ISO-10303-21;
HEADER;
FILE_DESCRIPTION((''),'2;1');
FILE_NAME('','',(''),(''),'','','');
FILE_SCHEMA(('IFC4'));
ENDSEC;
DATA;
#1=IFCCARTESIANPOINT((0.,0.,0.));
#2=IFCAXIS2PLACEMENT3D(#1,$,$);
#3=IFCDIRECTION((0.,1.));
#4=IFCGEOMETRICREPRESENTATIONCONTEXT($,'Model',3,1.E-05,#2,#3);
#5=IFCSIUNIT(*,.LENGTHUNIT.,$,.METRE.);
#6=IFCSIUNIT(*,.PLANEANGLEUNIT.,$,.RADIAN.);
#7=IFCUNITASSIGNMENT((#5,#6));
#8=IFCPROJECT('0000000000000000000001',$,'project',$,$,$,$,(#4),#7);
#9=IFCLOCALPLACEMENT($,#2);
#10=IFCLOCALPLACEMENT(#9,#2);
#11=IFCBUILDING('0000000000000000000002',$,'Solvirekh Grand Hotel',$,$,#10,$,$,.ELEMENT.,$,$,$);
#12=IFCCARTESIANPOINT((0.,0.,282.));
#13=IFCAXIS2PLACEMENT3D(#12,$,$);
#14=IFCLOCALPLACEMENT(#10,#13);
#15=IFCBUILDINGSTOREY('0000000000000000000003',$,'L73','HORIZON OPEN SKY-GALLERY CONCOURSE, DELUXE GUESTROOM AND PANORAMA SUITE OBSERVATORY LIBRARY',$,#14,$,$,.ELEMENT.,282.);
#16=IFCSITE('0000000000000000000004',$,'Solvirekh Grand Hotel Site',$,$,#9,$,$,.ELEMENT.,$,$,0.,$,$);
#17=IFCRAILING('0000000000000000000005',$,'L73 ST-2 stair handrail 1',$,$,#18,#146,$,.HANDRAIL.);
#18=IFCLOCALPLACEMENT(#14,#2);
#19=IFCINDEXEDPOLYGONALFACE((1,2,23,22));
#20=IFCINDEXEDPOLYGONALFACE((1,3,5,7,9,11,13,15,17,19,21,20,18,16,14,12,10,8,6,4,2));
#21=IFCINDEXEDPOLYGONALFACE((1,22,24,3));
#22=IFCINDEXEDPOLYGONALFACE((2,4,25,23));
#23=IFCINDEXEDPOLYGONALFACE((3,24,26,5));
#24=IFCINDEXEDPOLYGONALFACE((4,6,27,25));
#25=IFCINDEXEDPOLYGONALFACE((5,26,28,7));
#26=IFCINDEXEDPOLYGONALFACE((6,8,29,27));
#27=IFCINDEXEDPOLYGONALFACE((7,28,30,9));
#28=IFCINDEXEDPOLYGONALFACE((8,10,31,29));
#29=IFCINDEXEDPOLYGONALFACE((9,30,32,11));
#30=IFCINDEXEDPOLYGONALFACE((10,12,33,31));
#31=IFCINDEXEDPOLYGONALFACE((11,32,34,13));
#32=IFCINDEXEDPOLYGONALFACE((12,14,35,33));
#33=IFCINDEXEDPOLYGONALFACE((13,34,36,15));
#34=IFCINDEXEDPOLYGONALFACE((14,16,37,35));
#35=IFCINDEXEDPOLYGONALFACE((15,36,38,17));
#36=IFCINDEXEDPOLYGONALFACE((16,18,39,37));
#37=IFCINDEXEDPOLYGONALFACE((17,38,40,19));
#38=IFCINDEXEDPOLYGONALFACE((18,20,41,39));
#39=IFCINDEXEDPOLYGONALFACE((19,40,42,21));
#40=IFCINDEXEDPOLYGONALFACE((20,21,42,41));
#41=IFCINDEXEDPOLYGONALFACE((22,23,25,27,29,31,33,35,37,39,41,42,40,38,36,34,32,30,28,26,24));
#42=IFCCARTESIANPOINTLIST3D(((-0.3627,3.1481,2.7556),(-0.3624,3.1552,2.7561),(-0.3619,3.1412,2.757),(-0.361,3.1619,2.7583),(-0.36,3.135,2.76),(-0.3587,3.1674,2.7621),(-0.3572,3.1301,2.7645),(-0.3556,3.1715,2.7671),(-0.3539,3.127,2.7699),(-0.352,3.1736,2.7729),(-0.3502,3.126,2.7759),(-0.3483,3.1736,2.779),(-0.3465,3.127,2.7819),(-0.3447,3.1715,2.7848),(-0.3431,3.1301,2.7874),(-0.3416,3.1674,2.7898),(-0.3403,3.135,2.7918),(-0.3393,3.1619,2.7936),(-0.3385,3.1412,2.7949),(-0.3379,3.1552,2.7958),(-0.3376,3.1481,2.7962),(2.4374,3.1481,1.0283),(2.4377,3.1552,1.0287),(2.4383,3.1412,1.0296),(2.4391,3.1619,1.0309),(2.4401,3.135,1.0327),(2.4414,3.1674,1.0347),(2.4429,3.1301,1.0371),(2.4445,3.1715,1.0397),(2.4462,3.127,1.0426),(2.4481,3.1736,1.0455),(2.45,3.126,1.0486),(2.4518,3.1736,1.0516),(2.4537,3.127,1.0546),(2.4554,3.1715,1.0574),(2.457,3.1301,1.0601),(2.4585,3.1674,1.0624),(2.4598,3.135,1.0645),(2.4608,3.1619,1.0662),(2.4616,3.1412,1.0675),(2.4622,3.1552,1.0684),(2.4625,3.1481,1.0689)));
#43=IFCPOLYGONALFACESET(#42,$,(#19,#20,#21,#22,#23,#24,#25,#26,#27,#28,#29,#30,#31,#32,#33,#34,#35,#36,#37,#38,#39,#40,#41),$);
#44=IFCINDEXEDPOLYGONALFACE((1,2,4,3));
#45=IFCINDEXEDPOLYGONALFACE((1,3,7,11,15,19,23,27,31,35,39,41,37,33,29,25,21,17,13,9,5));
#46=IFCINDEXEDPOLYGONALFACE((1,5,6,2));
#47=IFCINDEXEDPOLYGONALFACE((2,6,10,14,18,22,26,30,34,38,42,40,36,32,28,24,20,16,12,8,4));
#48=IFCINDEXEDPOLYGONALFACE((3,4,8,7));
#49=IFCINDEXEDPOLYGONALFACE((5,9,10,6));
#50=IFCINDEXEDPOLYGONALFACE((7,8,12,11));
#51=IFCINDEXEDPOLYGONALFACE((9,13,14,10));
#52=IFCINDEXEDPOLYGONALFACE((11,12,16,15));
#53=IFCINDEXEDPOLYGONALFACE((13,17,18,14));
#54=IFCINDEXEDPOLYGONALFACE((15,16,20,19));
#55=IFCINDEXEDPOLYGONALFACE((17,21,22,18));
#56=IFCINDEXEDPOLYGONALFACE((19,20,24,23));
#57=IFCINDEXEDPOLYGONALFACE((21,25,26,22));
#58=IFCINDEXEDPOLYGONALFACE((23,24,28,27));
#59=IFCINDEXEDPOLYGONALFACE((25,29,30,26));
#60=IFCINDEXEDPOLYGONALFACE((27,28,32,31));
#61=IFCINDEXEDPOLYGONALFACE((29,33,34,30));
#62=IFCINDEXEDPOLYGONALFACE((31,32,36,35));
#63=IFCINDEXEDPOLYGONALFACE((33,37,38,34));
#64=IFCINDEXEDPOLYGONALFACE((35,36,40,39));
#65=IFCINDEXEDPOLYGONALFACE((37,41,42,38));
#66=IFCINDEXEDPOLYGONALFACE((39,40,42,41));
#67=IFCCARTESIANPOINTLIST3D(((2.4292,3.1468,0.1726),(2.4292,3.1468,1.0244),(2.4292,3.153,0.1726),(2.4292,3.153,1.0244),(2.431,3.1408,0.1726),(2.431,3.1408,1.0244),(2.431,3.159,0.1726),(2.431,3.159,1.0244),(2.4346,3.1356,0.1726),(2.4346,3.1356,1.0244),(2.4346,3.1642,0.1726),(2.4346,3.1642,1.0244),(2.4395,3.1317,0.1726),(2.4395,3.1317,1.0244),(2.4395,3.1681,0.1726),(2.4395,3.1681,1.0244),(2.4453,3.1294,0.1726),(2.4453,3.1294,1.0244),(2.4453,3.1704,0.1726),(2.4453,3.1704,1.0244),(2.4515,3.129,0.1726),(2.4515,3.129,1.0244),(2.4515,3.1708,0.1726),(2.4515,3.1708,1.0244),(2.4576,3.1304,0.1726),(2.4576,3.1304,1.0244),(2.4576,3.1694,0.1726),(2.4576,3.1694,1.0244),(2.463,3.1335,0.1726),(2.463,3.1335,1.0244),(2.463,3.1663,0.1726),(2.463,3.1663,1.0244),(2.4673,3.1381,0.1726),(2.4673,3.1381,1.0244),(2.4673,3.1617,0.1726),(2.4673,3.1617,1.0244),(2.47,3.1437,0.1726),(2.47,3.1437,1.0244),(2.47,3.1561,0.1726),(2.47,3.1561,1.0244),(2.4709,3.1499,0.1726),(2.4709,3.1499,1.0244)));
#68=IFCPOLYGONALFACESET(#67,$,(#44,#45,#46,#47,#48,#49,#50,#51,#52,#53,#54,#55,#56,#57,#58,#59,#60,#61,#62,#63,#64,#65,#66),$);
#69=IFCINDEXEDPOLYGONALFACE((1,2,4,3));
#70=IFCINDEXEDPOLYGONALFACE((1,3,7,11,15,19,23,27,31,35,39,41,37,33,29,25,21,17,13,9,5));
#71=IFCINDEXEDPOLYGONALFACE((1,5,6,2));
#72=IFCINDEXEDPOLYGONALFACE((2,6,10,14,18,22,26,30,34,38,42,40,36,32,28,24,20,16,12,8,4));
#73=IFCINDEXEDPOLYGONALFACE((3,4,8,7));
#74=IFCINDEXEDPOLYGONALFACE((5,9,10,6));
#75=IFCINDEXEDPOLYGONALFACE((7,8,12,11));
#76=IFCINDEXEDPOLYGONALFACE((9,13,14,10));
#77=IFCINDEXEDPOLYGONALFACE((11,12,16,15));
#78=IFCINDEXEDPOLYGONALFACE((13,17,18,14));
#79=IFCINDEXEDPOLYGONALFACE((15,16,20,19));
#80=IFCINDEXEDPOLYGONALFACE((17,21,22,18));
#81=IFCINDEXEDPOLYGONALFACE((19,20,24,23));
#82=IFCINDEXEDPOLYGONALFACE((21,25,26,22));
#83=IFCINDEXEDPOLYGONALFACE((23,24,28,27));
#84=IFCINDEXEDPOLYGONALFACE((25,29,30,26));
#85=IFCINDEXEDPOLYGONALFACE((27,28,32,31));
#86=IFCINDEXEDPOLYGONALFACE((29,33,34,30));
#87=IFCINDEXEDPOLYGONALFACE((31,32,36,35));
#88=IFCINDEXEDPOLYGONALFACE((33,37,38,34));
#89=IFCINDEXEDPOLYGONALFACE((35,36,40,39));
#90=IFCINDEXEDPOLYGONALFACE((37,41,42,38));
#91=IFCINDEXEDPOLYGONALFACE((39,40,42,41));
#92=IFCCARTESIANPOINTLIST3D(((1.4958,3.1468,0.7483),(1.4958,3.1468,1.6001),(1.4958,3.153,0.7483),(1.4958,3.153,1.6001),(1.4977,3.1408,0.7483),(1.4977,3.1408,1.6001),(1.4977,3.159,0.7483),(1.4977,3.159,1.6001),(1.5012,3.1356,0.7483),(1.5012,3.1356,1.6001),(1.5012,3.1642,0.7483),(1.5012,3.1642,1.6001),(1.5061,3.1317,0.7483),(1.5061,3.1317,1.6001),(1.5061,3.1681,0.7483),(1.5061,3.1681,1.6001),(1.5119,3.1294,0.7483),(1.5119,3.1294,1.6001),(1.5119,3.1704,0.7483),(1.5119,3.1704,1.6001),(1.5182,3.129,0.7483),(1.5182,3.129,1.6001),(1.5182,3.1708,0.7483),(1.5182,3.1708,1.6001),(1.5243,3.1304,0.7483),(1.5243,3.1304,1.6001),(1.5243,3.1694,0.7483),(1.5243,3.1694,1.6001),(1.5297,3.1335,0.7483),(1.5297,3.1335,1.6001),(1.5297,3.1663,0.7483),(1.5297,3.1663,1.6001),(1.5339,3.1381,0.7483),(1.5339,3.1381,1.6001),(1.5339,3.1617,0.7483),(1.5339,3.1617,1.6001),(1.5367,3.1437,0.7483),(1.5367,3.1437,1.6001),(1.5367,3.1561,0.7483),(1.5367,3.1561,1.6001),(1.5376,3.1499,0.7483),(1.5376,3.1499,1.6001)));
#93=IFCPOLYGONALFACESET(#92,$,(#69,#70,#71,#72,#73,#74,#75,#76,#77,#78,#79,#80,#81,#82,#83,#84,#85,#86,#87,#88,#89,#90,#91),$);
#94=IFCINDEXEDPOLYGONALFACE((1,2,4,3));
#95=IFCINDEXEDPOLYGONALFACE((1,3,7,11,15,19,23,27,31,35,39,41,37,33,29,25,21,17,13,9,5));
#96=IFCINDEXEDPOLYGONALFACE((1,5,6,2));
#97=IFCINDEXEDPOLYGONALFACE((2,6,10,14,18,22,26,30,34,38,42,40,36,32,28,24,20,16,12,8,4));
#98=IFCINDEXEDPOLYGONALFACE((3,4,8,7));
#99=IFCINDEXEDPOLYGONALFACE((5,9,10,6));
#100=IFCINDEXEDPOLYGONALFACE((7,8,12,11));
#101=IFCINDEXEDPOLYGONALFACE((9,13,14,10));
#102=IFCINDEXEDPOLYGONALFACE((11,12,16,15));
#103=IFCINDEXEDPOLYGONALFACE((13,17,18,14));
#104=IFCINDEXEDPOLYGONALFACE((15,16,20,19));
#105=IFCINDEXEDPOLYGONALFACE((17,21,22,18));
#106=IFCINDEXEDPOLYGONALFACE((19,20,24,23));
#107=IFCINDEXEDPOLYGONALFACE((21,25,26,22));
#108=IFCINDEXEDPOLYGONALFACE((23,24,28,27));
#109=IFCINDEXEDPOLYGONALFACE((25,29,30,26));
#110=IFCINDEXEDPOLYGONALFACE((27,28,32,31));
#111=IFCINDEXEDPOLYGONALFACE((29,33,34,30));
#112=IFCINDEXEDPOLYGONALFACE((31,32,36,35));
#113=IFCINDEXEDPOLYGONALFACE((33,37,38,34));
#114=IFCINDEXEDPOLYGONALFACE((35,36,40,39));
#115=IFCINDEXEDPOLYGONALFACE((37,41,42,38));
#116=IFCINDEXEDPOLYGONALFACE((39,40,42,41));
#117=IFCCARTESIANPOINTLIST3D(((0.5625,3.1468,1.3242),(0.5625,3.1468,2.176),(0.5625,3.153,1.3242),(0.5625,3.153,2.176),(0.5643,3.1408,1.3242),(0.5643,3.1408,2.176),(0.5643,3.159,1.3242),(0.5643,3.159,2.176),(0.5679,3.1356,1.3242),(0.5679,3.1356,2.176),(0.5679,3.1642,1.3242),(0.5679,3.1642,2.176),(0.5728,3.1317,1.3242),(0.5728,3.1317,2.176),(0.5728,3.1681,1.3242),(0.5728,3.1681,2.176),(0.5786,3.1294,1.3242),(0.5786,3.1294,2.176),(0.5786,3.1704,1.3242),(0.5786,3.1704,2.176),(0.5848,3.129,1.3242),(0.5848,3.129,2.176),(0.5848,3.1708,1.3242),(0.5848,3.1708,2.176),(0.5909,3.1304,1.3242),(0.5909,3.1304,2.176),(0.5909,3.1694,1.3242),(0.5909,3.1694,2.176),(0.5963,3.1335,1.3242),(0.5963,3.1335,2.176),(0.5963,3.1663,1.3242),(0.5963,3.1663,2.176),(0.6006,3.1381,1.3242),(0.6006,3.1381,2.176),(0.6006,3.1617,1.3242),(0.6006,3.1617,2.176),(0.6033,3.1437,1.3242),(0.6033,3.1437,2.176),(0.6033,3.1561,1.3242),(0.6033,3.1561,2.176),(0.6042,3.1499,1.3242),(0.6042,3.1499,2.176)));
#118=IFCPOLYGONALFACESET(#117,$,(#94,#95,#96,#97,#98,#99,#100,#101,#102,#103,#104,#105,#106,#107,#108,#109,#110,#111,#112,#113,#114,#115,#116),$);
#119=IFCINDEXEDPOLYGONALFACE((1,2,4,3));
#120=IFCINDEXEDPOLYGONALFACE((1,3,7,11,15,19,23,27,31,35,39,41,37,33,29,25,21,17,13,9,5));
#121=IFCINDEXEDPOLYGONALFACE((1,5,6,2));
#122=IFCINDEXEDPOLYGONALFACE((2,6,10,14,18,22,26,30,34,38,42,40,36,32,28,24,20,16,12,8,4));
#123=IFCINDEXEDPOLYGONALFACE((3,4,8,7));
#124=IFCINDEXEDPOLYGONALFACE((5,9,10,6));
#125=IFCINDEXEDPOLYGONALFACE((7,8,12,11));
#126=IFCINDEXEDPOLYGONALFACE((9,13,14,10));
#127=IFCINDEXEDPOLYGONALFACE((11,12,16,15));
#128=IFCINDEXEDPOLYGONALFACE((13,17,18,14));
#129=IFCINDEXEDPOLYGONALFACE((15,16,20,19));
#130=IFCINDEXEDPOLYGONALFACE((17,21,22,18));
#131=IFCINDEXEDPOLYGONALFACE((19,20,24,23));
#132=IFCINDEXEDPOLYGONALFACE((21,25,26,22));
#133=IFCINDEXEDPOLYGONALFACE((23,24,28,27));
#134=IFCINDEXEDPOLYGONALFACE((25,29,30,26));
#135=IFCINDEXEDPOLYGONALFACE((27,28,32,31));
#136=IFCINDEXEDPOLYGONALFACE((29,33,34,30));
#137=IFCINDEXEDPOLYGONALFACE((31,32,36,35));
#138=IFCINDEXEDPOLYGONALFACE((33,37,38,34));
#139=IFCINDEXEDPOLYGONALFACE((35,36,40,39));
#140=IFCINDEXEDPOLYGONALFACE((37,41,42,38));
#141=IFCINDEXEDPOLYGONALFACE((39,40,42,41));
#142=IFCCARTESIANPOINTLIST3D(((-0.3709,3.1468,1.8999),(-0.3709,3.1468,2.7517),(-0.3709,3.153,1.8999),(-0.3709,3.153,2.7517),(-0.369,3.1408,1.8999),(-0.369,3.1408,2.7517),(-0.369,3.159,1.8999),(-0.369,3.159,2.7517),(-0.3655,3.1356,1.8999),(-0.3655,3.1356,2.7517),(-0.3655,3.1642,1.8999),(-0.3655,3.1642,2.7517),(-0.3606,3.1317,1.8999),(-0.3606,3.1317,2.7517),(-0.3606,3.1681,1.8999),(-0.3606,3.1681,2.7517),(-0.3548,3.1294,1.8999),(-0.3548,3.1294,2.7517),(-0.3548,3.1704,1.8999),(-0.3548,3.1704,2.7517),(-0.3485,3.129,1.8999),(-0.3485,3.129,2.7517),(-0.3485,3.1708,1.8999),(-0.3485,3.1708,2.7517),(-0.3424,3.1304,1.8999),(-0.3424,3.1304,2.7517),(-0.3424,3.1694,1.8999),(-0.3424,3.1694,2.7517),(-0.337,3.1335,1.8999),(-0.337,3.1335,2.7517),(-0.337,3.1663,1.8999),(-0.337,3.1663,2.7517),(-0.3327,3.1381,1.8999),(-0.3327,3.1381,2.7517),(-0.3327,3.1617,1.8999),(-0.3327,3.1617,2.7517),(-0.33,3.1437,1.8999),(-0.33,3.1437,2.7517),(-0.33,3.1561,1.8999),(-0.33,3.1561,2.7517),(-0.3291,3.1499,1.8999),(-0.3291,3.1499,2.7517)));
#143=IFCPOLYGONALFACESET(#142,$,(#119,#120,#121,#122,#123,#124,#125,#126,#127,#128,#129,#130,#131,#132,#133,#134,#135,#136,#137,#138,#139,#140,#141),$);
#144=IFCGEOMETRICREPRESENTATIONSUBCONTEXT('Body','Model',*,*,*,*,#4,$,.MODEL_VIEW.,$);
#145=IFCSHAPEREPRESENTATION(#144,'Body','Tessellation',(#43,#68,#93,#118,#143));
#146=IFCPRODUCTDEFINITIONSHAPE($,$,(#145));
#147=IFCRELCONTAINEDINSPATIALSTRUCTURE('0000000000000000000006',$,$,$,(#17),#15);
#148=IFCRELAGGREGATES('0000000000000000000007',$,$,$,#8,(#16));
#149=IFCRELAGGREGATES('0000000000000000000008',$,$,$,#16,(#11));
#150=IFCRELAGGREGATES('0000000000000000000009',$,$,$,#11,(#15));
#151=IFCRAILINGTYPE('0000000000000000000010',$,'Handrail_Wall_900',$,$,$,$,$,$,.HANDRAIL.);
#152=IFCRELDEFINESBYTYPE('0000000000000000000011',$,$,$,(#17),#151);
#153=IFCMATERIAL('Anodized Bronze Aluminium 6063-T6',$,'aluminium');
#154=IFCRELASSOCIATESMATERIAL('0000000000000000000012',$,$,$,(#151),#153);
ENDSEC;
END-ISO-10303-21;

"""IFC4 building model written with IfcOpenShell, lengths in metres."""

from ifc_helpers import new_model, si_unit, direction, frame, origin, origin_2d, place, context, subcontext, project, spatial, circle, extrude, material, type_object, element, save


model = new_model("IFC4")

# Units and contexts
model_context = context("Model", 3, precision=1e-05, world=origin(), true_north=direction((0.0, 1.0)))
body_context = subcontext(model_context, "Body", "Model", "MODEL_VIEW")
ifc_project = project(units=[si_unit("LENGTHUNIT", "METRE"), si_unit("PLANEANGLEUNIT", "RADIAN")], contexts=[model_context])

# Site, building, storey
site_placement = place(None, origin())
site = spatial("IfcSite", under=ifc_project, at=site_placement, Name="Solvirekh Grand Hotel Site", CompositionType="ELEMENT", RefElevation=0.0)
building_placement = place(site_placement, origin())
building = spatial("IfcBuilding", under=site, at=building_placement, Name="Solvirekh Grand Hotel", CompositionType="ELEMENT")
storey_placement = place(building_placement, frame((0.0, 0.0, 282.0)))
storey = spatial("IfcBuildingStorey", under=building, at=storey_placement, Name="L73", Description="HORIZON OPEN SKY-GALLERY CONCOURSE, DELUXE GUESTROOM AND PANORAMA SUITE OBSERVATORY LIBRARY", CompositionType="ELEMENT", Elevation=282.0)

# Shared definitions
ifc_material_1 = material(Name="Anodized Bronze Aluminium 6063-T6", Category="aluminium")

# Railing
railing_type_1 = type_object("IfcRailingType", Name="Handrail_Wall_900", PredefinedType="HANDRAIL", material=ifc_material_1)
railing_1_placement = place(storey_placement, frame((2.45, 3.1499, 0.1726)))
element("IfcRailing", 1, at=railing_1_placement, inside=storey, type_object=railing_type_1, Name="L73 ST-2 stair handrail 1", PredefinedType="HANDRAIL", context=body_context, shape_type="SweptSolid", body=[
    extrude(circle(Radius=0.0239, at=origin_2d()), frame((0.0, 0.0, 0.876), z_axis=(-0.85109, 0.0, 0.52502), x_axis=(0.0, -1.0, 0.0)), (0.0, 0.0, 1.0), 3.29),
    extrude(circle(Radius=0.021, at=origin_2d()), origin(), (0.0, 0.0, 1.0), 0.8518),
    extrude(circle(Radius=0.021, at=origin_2d()), frame((-0.9333, 0.0, 0.5757)), (0.0, 0.0, 1.0), 0.8518),
    extrude(circle(Radius=0.021, at=origin_2d()), frame((-1.8667, 0.0, 1.1516)), (0.0, 0.0, 1.0), 0.8518),
    extrude(circle(Radius=0.021, at=origin_2d()), frame((-2.8, 0.0, 1.7273)), (0.0, 0.0, 1.0), 0.8518),
])

save(model, "model.ifc")
